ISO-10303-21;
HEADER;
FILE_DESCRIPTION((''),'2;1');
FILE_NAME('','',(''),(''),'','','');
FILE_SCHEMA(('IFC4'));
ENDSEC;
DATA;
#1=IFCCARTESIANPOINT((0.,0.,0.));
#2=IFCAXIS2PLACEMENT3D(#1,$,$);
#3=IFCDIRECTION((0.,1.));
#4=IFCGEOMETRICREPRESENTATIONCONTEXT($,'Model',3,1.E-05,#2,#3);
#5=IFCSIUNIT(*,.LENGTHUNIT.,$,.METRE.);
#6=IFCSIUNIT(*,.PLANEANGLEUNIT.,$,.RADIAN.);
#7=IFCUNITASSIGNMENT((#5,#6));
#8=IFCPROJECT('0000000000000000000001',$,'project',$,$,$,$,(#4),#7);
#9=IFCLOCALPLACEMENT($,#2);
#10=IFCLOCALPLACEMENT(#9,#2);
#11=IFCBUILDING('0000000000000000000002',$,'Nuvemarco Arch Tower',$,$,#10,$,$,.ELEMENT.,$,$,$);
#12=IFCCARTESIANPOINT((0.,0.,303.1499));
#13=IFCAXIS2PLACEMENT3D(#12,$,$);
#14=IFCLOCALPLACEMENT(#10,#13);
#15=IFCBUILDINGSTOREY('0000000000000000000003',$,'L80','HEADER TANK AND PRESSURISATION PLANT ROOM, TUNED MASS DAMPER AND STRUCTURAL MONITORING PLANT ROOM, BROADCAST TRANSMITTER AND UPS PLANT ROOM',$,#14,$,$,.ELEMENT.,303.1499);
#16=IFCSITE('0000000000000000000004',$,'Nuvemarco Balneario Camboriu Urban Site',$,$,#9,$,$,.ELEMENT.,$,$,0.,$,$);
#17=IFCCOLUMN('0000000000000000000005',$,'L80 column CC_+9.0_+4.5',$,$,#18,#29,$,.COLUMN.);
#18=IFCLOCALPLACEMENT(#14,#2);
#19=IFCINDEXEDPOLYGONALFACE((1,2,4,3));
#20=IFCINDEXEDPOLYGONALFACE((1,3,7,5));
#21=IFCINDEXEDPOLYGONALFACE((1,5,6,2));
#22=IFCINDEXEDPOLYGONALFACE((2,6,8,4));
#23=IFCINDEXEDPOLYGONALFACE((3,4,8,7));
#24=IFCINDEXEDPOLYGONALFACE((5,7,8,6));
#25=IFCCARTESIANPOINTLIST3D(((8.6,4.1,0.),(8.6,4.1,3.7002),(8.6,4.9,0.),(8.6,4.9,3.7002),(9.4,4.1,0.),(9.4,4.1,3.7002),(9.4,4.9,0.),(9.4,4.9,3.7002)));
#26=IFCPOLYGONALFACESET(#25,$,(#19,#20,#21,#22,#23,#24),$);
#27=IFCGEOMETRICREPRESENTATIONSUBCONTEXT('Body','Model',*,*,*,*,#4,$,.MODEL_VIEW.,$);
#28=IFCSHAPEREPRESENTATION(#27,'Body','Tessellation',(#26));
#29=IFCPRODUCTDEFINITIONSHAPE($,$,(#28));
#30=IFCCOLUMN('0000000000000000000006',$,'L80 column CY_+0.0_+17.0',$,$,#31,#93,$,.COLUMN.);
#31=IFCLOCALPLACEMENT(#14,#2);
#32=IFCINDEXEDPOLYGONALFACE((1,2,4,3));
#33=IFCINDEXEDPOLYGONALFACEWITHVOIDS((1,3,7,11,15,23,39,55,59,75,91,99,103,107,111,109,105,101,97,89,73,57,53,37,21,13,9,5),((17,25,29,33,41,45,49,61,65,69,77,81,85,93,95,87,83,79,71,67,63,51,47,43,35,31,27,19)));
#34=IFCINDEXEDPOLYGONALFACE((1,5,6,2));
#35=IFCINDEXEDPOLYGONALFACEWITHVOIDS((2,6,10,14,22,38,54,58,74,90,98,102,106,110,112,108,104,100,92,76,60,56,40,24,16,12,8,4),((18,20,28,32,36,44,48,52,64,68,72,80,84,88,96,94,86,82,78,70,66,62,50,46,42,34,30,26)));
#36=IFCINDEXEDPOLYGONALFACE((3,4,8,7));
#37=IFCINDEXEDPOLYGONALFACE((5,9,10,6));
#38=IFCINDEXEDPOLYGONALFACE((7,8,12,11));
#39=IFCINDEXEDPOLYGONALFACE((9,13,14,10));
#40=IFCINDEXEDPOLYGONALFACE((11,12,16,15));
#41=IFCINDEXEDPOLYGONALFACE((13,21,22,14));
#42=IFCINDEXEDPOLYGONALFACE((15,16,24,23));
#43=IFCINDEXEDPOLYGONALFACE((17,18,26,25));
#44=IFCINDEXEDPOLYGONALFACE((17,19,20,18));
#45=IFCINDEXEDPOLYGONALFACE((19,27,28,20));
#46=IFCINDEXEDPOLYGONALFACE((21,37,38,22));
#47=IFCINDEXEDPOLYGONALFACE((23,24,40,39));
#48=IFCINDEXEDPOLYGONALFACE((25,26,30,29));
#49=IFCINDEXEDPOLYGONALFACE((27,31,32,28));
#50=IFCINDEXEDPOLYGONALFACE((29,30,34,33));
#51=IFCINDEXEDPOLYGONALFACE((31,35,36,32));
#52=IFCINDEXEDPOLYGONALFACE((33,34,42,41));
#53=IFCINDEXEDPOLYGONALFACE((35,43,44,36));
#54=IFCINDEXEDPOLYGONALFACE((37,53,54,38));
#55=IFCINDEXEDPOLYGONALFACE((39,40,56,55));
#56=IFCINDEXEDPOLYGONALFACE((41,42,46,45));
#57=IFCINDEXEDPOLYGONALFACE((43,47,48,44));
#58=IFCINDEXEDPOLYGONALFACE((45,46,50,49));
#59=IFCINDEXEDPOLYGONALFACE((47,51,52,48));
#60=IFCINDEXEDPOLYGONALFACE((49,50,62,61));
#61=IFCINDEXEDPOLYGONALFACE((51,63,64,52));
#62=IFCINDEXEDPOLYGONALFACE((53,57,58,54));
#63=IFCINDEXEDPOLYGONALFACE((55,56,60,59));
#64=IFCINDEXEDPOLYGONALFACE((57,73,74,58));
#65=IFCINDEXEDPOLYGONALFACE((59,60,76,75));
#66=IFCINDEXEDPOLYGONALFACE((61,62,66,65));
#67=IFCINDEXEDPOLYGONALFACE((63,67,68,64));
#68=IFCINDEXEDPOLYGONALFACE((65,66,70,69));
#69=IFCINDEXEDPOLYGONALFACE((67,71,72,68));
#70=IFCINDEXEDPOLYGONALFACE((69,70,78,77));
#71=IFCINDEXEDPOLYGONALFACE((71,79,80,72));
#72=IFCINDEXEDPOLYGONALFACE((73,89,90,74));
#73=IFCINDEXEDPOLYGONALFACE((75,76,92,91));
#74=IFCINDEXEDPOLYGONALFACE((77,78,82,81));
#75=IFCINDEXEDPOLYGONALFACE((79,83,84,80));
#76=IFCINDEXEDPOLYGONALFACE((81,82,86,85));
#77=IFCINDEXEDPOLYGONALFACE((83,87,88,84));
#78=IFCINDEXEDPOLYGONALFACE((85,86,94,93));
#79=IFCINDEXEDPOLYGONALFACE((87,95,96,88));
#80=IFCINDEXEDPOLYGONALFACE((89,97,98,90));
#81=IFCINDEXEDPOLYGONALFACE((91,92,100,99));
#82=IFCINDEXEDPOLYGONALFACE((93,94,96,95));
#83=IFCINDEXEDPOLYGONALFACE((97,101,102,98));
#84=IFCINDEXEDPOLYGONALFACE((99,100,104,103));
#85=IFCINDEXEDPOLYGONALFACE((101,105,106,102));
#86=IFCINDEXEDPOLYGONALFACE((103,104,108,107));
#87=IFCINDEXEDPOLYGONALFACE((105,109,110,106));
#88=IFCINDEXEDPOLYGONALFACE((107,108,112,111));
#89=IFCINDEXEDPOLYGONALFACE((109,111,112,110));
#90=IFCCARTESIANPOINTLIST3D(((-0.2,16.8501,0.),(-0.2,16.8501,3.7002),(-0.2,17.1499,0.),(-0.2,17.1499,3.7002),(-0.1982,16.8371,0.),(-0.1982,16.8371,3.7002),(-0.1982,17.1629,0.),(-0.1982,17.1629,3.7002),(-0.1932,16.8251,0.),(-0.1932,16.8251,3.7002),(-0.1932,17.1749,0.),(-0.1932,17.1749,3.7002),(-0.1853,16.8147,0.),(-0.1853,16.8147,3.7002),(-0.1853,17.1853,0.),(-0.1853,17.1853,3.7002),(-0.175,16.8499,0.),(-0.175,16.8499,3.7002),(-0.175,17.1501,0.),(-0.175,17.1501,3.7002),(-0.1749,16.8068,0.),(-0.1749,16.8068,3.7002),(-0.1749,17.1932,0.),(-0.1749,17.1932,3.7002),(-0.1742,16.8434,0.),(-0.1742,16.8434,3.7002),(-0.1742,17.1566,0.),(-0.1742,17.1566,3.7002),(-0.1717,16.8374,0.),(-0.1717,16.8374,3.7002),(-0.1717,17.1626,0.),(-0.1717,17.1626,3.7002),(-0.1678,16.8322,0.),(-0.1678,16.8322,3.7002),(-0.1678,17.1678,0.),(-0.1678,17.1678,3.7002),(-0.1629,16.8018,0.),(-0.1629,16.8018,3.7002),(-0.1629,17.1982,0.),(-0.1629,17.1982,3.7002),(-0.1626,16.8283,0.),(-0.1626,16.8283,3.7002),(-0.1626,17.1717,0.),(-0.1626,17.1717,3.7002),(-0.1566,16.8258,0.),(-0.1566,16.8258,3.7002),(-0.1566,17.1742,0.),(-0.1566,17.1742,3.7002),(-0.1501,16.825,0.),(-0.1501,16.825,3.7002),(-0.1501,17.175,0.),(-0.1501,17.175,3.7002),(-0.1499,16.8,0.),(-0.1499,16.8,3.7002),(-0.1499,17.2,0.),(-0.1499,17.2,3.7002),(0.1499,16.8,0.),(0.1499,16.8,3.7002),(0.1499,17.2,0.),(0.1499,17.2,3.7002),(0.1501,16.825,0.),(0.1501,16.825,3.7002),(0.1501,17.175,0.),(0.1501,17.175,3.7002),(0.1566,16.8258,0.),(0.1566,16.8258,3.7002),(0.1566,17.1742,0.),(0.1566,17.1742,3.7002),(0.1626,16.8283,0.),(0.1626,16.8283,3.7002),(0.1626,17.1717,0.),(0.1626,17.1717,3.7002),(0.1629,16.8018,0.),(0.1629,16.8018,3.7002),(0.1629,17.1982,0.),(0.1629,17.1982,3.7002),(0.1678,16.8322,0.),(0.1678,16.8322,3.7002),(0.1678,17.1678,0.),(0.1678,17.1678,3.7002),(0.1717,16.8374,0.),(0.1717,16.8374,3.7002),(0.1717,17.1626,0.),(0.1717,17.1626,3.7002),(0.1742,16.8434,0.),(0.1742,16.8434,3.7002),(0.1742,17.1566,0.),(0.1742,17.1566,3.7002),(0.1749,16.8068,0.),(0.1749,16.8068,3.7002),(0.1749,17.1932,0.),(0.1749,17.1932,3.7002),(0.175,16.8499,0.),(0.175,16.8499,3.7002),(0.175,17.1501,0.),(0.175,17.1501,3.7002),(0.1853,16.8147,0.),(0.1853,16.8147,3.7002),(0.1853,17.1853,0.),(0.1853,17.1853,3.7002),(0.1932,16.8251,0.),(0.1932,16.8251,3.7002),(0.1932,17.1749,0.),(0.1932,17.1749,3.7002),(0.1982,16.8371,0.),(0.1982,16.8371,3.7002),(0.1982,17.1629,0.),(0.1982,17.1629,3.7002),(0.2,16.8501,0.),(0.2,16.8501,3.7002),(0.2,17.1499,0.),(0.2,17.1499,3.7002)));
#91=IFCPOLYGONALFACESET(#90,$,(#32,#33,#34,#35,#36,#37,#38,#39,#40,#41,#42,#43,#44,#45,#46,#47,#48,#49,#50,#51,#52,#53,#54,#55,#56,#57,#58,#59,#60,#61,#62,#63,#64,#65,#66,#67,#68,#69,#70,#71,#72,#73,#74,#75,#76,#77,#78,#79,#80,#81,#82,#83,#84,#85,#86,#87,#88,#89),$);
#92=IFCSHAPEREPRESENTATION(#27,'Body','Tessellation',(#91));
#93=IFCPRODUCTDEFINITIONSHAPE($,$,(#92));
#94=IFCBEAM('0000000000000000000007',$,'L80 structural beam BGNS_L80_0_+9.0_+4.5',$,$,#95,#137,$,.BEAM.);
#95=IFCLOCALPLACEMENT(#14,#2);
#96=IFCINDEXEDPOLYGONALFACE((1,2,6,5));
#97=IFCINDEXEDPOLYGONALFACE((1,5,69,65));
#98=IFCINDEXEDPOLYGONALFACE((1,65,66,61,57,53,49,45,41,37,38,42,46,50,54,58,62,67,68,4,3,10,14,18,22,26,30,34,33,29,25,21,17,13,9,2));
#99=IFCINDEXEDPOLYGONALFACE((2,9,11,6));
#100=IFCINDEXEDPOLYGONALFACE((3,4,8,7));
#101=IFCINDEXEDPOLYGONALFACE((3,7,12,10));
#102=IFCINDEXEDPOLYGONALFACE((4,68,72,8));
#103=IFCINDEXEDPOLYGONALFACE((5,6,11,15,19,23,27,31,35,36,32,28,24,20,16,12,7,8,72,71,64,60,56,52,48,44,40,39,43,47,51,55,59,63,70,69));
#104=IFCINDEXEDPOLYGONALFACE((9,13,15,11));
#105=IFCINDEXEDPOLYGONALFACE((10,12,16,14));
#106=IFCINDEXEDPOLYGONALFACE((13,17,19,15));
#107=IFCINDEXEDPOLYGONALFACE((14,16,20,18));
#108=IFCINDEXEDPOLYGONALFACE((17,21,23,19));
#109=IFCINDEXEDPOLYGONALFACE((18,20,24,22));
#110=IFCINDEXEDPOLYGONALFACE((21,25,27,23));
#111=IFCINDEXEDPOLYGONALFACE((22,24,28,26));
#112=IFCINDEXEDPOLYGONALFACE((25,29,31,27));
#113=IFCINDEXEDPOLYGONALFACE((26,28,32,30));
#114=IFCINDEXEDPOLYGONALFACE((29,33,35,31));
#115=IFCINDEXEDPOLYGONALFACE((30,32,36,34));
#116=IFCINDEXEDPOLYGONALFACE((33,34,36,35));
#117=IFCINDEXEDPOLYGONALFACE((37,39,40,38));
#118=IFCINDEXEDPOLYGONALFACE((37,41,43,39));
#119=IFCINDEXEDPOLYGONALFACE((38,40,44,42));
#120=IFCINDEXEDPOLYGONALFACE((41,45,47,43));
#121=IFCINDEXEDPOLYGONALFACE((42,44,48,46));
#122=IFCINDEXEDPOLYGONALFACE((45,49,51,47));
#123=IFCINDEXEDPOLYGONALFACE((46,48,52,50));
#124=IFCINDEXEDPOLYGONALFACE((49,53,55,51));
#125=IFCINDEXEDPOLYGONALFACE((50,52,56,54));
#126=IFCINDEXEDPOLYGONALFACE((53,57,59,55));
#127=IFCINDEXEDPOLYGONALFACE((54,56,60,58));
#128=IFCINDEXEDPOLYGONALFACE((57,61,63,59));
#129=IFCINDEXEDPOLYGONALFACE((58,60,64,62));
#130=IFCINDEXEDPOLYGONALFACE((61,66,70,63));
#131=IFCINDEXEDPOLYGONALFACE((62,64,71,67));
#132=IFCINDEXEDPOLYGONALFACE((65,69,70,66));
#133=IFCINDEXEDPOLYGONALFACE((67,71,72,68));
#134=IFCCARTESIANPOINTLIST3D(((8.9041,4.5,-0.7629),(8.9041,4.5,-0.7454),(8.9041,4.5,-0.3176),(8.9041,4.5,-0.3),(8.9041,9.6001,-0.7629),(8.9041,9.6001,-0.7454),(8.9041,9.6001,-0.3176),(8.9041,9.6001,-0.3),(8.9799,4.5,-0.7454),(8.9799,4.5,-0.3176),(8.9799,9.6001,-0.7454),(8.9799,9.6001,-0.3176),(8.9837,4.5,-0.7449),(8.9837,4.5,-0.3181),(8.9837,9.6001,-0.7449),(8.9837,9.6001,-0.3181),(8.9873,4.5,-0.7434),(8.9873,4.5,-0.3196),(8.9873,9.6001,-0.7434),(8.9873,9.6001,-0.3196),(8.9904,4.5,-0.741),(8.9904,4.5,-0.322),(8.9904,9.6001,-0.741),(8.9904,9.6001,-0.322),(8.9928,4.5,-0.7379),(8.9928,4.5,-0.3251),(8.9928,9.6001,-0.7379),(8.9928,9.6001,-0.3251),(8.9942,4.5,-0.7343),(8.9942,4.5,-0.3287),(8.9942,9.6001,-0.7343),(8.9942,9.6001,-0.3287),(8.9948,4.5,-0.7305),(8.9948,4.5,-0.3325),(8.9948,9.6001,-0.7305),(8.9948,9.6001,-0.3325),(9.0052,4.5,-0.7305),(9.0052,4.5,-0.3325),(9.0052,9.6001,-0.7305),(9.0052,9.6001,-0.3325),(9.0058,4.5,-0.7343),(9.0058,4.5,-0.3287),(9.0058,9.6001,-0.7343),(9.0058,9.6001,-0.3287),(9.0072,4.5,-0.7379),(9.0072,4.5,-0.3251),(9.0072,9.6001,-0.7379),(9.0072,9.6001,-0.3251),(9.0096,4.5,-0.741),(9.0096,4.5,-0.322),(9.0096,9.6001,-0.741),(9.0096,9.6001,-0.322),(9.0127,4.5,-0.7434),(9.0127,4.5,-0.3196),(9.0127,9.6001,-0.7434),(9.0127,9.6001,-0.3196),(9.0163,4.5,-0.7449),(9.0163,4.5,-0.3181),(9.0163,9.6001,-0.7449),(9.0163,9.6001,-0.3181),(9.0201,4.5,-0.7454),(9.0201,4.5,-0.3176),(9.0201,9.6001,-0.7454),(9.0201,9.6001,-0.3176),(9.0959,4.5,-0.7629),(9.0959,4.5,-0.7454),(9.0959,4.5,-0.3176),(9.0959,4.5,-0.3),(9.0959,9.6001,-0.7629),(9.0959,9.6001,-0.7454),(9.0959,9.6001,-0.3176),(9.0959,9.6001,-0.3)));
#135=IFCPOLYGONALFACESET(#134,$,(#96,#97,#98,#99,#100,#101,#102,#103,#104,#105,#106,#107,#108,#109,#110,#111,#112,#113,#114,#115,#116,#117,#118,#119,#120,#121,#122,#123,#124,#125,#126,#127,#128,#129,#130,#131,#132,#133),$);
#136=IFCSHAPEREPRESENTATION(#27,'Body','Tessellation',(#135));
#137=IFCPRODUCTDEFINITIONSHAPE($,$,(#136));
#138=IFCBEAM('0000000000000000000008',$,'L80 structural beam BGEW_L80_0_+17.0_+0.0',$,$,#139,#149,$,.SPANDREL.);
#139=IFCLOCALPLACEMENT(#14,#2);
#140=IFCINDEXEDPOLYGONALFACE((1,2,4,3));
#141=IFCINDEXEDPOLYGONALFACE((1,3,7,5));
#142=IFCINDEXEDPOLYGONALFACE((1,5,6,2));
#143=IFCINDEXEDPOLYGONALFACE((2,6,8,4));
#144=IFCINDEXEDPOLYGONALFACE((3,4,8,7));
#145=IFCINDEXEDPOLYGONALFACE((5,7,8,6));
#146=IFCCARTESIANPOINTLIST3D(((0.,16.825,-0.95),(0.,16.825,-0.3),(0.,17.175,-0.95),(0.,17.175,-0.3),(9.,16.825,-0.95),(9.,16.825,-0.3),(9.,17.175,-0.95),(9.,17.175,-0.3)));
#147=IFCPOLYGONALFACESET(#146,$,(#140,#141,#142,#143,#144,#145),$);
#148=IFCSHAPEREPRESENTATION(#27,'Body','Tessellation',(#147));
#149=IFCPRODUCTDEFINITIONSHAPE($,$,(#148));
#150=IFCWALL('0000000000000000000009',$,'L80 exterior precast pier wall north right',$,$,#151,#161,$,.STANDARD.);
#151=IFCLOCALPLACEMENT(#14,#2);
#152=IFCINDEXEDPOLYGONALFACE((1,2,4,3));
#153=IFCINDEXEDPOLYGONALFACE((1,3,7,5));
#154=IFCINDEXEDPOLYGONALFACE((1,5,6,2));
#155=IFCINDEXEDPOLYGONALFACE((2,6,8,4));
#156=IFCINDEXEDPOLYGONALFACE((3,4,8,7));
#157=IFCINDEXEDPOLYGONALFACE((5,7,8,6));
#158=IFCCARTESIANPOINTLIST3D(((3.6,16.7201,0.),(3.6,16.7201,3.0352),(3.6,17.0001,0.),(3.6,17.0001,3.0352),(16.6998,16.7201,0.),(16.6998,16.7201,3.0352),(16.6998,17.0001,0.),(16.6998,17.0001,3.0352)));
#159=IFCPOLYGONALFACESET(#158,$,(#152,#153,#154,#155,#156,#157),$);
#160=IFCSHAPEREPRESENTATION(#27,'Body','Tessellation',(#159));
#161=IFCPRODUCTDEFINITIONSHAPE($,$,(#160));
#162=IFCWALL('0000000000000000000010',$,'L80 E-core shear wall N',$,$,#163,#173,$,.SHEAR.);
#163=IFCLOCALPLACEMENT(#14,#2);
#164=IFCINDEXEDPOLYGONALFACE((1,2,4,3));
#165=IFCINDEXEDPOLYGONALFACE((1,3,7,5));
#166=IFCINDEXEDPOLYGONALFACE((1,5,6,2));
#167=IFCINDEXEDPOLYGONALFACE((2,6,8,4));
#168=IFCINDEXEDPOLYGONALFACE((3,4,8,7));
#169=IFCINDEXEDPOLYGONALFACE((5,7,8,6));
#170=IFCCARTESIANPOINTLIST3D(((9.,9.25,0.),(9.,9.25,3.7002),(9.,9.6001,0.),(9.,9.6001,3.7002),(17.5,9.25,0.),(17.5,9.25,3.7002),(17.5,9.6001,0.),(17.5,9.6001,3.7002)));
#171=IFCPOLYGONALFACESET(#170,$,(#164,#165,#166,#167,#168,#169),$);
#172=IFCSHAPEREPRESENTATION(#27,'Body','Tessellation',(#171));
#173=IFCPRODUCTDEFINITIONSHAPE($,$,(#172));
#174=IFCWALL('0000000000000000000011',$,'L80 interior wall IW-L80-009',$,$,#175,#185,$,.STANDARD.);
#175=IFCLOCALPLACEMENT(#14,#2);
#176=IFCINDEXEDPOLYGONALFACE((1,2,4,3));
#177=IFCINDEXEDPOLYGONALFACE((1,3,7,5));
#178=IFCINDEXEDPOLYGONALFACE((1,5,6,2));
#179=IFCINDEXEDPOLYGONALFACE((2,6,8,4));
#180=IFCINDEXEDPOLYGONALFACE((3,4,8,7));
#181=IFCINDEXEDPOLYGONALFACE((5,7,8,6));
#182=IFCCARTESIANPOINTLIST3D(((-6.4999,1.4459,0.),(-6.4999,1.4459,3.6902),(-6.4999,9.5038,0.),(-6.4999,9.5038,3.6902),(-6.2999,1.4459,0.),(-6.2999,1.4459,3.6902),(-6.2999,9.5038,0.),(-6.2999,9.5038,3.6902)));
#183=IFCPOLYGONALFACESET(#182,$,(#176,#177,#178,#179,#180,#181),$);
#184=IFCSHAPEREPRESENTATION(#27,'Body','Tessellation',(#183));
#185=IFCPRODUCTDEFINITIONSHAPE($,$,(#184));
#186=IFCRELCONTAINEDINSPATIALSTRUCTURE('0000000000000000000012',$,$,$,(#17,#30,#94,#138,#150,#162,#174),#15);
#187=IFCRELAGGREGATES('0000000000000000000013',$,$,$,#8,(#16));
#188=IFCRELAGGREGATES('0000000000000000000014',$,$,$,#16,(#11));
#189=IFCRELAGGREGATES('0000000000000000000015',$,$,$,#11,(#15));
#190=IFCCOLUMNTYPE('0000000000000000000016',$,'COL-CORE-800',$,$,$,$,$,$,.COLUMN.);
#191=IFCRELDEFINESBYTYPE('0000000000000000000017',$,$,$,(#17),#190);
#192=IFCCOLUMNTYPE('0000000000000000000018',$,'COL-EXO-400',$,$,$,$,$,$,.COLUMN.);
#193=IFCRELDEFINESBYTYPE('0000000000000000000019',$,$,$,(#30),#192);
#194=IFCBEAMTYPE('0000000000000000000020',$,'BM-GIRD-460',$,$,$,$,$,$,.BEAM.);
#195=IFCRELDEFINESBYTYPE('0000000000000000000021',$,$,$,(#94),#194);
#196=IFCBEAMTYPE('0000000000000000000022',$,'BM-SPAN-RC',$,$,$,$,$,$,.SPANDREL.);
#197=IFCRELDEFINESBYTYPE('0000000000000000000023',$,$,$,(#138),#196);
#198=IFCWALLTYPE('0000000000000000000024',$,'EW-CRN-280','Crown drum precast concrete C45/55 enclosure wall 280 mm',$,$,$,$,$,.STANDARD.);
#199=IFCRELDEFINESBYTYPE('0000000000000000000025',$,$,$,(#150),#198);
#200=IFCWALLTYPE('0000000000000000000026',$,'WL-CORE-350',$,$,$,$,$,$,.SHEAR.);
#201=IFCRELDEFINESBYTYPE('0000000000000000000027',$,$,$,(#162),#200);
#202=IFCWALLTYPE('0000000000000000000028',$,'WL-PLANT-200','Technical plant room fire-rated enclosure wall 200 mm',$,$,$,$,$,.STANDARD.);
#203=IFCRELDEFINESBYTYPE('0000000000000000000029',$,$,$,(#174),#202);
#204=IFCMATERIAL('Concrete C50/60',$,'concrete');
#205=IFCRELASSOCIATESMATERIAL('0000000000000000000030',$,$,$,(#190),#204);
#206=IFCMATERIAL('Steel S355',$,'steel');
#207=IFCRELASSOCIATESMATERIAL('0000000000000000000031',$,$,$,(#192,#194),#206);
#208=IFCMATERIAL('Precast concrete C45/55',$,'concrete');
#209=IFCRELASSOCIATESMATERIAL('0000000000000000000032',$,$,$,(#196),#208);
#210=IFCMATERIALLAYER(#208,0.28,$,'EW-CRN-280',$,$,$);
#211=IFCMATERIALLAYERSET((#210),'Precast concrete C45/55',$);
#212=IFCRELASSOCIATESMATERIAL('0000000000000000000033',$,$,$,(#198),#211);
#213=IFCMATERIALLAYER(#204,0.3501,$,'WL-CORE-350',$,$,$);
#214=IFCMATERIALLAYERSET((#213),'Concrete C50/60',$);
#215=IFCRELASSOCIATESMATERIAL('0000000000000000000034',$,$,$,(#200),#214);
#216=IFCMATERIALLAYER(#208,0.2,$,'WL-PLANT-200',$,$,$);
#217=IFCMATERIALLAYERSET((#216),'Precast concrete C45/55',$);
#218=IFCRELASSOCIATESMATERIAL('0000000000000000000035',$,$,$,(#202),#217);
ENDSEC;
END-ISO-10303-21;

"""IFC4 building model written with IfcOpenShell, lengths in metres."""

from ifc_helpers import new_model, si_unit, direction, frame, frame_2d, origin, origin_2d, place, context, subcontext, project, spatial, rectangle, hollow_rectangle, i_section, extrude, material, layer, layer_set, material_profile, profile_set, type_object, element, save


model = new_model("IFC4")

# Units and contexts
model_context = context("Model", 3, precision=1e-05, world=origin(), true_north=direction((0.0, 1.0)))
body_context = subcontext(model_context, "Body", "Model", "MODEL_VIEW")
ifc_project = project(units=[si_unit("LENGTHUNIT", "METRE"), si_unit("PLANEANGLEUNIT", "RADIAN")], contexts=[model_context])

# Site, building, storey
site_placement = place(None, origin())
site = spatial("IfcSite", under=ifc_project, at=site_placement, Name="Nuvemarco Balneario Camboriu Urban Site", CompositionType="ELEMENT", RefElevation=0.0)
building_placement = place(site_placement, origin())
building = spatial("IfcBuilding", under=site, at=building_placement, Name="Nuvemarco Arch Tower", CompositionType="ELEMENT")
storey_placement = place(building_placement, frame((0.0, 0.0, 303.1499)))
storey = spatial("IfcBuildingStorey", under=building, at=storey_placement, Name="L80", Description="HEADER TANK AND PRESSURISATION PLANT ROOM, TUNED MASS DAMPER AND STRUCTURAL MONITORING PLANT ROOM, BROADCAST TRANSMITTER AND UPS PLANT ROOM", CompositionType="ELEMENT", Elevation=303.1499)

# Columns
ifc_material_1 = material(Name="Concrete C50/60", Category="concrete")
ifc_material_profile_1 = material_profile(ifc_material_1, rectangle(XDim=0.8, YDim=0.8, at=origin_2d()), Name="RC-COL-800x800")
ifc_profile_set_1 = profile_set([ifc_material_profile_1], Name="Concrete C50/60")
column_type_1 = type_object("IfcColumnType", Name="COL-CORE-800", PredefinedType="COLUMN", material=ifc_profile_set_1)
column_1_placement = place(storey_placement, frame((9.0, 4.5, 0.0), z_axis=(0.0, 0.0, 1.0), x_axis=(1.0, 0.0, 0.0)))
element("IfcColumn", 1, at=column_1_placement, inside=storey, type_object=column_type_1, Name="L80 column CC_+9.0_+4.5", PredefinedType="COLUMN", context=body_context, shape_type="SweptSolid", body=[
    extrude(rectangle(XDim=0.8, YDim=0.8, at=origin_2d()), origin(), (0.0, 0.0, 1.0), 3.7002),
])
ifc_material_2 = material(Name="Steel S355", Category="steel")
ifc_material_profile_2 = material_profile(ifc_material_2, hollow_rectangle(XDim=0.3999, YDim=0.3999, WallThickness=0.0249, InnerFilletRadius=0.0249, OuterFilletRadius=0.05, at=origin_2d()), Name="SHS400x400x25")
ifc_profile_set_2 = profile_set([ifc_material_profile_2], Name="Steel S355")
column_type_2 = type_object("IfcColumnType", Name="COL-EXO-400", PredefinedType="COLUMN", material=ifc_profile_set_2)
column_2_placement = place(storey_placement, frame((0.0, 17.0, 0.0), z_axis=(0.0, 0.0, 1.0), x_axis=(1.0, 0.0, 0.0)))
element("IfcColumn", 2, at=column_2_placement, inside=storey, type_object=column_type_2, Name="L80 column CY_+0.0_+17.0", PredefinedType="COLUMN", context=body_context, shape_type="SweptSolid", body=[
    extrude(hollow_rectangle(XDim=0.3999, YDim=0.3999, WallThickness=0.0249, InnerFilletRadius=0.0249, OuterFilletRadius=0.05, at=origin_2d()), origin(), (0.0, 0.0, 1.0), 3.7002),
])

# Beams
ifc_material_profile_3 = material_profile(ifc_material_2, i_section(OverallWidth=0.1919, OverallDepth=0.4629, WebThickness=0.0105, FlangeThickness=0.0176, FilletRadius=0.0149, at=origin_2d()), Name="W460x89")
ifc_profile_set_3 = profile_set([ifc_material_profile_3], Name="Steel S355")
beam_type_1 = type_object("IfcBeamType", Name="BM-GIRD-460", PredefinedType="BEAM", material=ifc_profile_set_3)
beam_1_placement = place(storey_placement, frame((9.0, 4.5, -0.5315), z_axis=(0.0, 1.0, 0.0), x_axis=(-1.0, 0.0, 0.0)))
element("IfcBeam", 3, at=beam_1_placement, inside=storey, type_object=beam_type_1, Name="L80 structural beam BGNS_L80_0_+9.0_+4.5", PredefinedType="BEAM", context=body_context, shape_type="SweptSolid", body=[
    extrude(i_section(OverallWidth=0.1919, OverallDepth=0.4629, WebThickness=0.0105, FlangeThickness=0.0176, FilletRadius=0.0149, at=origin_2d()), origin(), (0.0, 0.0, 1.0), 5.1001),
])
ifc_material_3 = material(Name="Precast concrete C45/55", Category="concrete")
ifc_material_profile_4 = material_profile(ifc_material_3, rectangle(XDim=0.3501, YDim=0.6499, at=origin_2d()), Name="PC-SP-350x650")
ifc_profile_set_4 = profile_set([ifc_material_profile_4], Name="Precast concrete C45/55")
beam_type_2 = type_object("IfcBeamType", Name="BM-SPAN-RC", PredefinedType="SPANDREL", material=ifc_profile_set_4)
beam_2_placement = place(storey_placement, frame((0.0, 17.0, -0.625), z_axis=(1.0, 0.0, 0.0), x_axis=(0.0, 1.0, 0.0)))
element("IfcBeam", 4, at=beam_2_placement, inside=storey, type_object=beam_type_2, Name="L80 structural beam BGEW_L80_0_+17.0_+0.0", PredefinedType="SPANDREL", context=body_context, shape_type="SweptSolid", body=[
    extrude(rectangle(XDim=0.3501, YDim=0.6499, at=origin_2d()), origin(), (0.0, 0.0, 1.0), 9.0),
])

# Walls
ifc_layer_1 = layer(ifc_material_3, 0.28, Name="EW-CRN-280")
ifc_layer_set_1 = layer_set([ifc_layer_1], Name="Precast concrete C45/55")
wall_type_1 = type_object("IfcWallType", Name="EW-CRN-280", Description="Crown drum precast concrete C45/55 enclosure wall 280 mm", PredefinedType="STANDARD", material=ifc_layer_set_1)
wall_1_placement = place(storey_placement, frame((3.6001, 16.8601, 0.0), z_axis=(0.0, 0.0, 1.0), x_axis=(1.0, 0.0, 0.0)))
element("IfcWall", 5, at=wall_1_placement, inside=storey, type_object=wall_type_1, Name="L80 exterior precast pier wall north right", PredefinedType="STANDARD", context=body_context, shape_type="SweptSolid", body=[
    extrude(rectangle(XDim=13.0999, YDim=0.28, at=frame_2d((6.5498, 0.0))), origin(), (0.0, 0.0, 1.0), 3.0352),
])
ifc_layer_2 = layer(ifc_material_1, 0.3501, Name="WL-CORE-350")
ifc_layer_set_2 = layer_set([ifc_layer_2], Name="Concrete C50/60")
wall_type_2 = type_object("IfcWallType", Name="WL-CORE-350", PredefinedType="SHEAR", material=ifc_layer_set_2)
wall_2_placement = place(storey_placement, frame((9.0, 9.425, 0.0), z_axis=(0.0, 0.0, 1.0), x_axis=(1.0, 0.0, 0.0)))
element("IfcWall", 6, at=wall_2_placement, inside=storey, type_object=wall_type_2, Name="L80 E-core shear wall N", PredefinedType="SHEAR", context=body_context, shape_type="SweptSolid", body=[
    extrude(rectangle(XDim=8.5, YDim=0.3501, at=frame_2d((4.25, 0.0))), origin(), (0.0, 0.0, 1.0), 3.7002),
])
ifc_layer_3 = layer(ifc_material_3, 0.2, Name="WL-PLANT-200")
ifc_layer_set_3 = layer_set([ifc_layer_3], Name="Precast concrete C45/55")
wall_type_3 = type_object("IfcWallType", Name="WL-PLANT-200", Description="Technical plant room fire-rated enclosure wall 200 mm", PredefinedType="STANDARD", material=ifc_layer_set_3)
wall_3_placement = place(storey_placement, frame((-6.3999, 1.446, 0.0), z_axis=(0.0, 0.0, 1.0), x_axis=(0.0, 1.0, 0.0)))
element("IfcWall", 7, at=wall_3_placement, inside=storey, type_object=wall_type_3, Name="L80 interior wall IW-L80-009", PredefinedType="STANDARD", context=body_context, shape_type="SweptSolid", body=[
    extrude(rectangle(XDim=8.0579, YDim=0.2, at=frame_2d((4.0288, 0.0))), origin(), (0.0, 0.0, 1.0), 3.6902),
])

save(model, "model.ifc")
